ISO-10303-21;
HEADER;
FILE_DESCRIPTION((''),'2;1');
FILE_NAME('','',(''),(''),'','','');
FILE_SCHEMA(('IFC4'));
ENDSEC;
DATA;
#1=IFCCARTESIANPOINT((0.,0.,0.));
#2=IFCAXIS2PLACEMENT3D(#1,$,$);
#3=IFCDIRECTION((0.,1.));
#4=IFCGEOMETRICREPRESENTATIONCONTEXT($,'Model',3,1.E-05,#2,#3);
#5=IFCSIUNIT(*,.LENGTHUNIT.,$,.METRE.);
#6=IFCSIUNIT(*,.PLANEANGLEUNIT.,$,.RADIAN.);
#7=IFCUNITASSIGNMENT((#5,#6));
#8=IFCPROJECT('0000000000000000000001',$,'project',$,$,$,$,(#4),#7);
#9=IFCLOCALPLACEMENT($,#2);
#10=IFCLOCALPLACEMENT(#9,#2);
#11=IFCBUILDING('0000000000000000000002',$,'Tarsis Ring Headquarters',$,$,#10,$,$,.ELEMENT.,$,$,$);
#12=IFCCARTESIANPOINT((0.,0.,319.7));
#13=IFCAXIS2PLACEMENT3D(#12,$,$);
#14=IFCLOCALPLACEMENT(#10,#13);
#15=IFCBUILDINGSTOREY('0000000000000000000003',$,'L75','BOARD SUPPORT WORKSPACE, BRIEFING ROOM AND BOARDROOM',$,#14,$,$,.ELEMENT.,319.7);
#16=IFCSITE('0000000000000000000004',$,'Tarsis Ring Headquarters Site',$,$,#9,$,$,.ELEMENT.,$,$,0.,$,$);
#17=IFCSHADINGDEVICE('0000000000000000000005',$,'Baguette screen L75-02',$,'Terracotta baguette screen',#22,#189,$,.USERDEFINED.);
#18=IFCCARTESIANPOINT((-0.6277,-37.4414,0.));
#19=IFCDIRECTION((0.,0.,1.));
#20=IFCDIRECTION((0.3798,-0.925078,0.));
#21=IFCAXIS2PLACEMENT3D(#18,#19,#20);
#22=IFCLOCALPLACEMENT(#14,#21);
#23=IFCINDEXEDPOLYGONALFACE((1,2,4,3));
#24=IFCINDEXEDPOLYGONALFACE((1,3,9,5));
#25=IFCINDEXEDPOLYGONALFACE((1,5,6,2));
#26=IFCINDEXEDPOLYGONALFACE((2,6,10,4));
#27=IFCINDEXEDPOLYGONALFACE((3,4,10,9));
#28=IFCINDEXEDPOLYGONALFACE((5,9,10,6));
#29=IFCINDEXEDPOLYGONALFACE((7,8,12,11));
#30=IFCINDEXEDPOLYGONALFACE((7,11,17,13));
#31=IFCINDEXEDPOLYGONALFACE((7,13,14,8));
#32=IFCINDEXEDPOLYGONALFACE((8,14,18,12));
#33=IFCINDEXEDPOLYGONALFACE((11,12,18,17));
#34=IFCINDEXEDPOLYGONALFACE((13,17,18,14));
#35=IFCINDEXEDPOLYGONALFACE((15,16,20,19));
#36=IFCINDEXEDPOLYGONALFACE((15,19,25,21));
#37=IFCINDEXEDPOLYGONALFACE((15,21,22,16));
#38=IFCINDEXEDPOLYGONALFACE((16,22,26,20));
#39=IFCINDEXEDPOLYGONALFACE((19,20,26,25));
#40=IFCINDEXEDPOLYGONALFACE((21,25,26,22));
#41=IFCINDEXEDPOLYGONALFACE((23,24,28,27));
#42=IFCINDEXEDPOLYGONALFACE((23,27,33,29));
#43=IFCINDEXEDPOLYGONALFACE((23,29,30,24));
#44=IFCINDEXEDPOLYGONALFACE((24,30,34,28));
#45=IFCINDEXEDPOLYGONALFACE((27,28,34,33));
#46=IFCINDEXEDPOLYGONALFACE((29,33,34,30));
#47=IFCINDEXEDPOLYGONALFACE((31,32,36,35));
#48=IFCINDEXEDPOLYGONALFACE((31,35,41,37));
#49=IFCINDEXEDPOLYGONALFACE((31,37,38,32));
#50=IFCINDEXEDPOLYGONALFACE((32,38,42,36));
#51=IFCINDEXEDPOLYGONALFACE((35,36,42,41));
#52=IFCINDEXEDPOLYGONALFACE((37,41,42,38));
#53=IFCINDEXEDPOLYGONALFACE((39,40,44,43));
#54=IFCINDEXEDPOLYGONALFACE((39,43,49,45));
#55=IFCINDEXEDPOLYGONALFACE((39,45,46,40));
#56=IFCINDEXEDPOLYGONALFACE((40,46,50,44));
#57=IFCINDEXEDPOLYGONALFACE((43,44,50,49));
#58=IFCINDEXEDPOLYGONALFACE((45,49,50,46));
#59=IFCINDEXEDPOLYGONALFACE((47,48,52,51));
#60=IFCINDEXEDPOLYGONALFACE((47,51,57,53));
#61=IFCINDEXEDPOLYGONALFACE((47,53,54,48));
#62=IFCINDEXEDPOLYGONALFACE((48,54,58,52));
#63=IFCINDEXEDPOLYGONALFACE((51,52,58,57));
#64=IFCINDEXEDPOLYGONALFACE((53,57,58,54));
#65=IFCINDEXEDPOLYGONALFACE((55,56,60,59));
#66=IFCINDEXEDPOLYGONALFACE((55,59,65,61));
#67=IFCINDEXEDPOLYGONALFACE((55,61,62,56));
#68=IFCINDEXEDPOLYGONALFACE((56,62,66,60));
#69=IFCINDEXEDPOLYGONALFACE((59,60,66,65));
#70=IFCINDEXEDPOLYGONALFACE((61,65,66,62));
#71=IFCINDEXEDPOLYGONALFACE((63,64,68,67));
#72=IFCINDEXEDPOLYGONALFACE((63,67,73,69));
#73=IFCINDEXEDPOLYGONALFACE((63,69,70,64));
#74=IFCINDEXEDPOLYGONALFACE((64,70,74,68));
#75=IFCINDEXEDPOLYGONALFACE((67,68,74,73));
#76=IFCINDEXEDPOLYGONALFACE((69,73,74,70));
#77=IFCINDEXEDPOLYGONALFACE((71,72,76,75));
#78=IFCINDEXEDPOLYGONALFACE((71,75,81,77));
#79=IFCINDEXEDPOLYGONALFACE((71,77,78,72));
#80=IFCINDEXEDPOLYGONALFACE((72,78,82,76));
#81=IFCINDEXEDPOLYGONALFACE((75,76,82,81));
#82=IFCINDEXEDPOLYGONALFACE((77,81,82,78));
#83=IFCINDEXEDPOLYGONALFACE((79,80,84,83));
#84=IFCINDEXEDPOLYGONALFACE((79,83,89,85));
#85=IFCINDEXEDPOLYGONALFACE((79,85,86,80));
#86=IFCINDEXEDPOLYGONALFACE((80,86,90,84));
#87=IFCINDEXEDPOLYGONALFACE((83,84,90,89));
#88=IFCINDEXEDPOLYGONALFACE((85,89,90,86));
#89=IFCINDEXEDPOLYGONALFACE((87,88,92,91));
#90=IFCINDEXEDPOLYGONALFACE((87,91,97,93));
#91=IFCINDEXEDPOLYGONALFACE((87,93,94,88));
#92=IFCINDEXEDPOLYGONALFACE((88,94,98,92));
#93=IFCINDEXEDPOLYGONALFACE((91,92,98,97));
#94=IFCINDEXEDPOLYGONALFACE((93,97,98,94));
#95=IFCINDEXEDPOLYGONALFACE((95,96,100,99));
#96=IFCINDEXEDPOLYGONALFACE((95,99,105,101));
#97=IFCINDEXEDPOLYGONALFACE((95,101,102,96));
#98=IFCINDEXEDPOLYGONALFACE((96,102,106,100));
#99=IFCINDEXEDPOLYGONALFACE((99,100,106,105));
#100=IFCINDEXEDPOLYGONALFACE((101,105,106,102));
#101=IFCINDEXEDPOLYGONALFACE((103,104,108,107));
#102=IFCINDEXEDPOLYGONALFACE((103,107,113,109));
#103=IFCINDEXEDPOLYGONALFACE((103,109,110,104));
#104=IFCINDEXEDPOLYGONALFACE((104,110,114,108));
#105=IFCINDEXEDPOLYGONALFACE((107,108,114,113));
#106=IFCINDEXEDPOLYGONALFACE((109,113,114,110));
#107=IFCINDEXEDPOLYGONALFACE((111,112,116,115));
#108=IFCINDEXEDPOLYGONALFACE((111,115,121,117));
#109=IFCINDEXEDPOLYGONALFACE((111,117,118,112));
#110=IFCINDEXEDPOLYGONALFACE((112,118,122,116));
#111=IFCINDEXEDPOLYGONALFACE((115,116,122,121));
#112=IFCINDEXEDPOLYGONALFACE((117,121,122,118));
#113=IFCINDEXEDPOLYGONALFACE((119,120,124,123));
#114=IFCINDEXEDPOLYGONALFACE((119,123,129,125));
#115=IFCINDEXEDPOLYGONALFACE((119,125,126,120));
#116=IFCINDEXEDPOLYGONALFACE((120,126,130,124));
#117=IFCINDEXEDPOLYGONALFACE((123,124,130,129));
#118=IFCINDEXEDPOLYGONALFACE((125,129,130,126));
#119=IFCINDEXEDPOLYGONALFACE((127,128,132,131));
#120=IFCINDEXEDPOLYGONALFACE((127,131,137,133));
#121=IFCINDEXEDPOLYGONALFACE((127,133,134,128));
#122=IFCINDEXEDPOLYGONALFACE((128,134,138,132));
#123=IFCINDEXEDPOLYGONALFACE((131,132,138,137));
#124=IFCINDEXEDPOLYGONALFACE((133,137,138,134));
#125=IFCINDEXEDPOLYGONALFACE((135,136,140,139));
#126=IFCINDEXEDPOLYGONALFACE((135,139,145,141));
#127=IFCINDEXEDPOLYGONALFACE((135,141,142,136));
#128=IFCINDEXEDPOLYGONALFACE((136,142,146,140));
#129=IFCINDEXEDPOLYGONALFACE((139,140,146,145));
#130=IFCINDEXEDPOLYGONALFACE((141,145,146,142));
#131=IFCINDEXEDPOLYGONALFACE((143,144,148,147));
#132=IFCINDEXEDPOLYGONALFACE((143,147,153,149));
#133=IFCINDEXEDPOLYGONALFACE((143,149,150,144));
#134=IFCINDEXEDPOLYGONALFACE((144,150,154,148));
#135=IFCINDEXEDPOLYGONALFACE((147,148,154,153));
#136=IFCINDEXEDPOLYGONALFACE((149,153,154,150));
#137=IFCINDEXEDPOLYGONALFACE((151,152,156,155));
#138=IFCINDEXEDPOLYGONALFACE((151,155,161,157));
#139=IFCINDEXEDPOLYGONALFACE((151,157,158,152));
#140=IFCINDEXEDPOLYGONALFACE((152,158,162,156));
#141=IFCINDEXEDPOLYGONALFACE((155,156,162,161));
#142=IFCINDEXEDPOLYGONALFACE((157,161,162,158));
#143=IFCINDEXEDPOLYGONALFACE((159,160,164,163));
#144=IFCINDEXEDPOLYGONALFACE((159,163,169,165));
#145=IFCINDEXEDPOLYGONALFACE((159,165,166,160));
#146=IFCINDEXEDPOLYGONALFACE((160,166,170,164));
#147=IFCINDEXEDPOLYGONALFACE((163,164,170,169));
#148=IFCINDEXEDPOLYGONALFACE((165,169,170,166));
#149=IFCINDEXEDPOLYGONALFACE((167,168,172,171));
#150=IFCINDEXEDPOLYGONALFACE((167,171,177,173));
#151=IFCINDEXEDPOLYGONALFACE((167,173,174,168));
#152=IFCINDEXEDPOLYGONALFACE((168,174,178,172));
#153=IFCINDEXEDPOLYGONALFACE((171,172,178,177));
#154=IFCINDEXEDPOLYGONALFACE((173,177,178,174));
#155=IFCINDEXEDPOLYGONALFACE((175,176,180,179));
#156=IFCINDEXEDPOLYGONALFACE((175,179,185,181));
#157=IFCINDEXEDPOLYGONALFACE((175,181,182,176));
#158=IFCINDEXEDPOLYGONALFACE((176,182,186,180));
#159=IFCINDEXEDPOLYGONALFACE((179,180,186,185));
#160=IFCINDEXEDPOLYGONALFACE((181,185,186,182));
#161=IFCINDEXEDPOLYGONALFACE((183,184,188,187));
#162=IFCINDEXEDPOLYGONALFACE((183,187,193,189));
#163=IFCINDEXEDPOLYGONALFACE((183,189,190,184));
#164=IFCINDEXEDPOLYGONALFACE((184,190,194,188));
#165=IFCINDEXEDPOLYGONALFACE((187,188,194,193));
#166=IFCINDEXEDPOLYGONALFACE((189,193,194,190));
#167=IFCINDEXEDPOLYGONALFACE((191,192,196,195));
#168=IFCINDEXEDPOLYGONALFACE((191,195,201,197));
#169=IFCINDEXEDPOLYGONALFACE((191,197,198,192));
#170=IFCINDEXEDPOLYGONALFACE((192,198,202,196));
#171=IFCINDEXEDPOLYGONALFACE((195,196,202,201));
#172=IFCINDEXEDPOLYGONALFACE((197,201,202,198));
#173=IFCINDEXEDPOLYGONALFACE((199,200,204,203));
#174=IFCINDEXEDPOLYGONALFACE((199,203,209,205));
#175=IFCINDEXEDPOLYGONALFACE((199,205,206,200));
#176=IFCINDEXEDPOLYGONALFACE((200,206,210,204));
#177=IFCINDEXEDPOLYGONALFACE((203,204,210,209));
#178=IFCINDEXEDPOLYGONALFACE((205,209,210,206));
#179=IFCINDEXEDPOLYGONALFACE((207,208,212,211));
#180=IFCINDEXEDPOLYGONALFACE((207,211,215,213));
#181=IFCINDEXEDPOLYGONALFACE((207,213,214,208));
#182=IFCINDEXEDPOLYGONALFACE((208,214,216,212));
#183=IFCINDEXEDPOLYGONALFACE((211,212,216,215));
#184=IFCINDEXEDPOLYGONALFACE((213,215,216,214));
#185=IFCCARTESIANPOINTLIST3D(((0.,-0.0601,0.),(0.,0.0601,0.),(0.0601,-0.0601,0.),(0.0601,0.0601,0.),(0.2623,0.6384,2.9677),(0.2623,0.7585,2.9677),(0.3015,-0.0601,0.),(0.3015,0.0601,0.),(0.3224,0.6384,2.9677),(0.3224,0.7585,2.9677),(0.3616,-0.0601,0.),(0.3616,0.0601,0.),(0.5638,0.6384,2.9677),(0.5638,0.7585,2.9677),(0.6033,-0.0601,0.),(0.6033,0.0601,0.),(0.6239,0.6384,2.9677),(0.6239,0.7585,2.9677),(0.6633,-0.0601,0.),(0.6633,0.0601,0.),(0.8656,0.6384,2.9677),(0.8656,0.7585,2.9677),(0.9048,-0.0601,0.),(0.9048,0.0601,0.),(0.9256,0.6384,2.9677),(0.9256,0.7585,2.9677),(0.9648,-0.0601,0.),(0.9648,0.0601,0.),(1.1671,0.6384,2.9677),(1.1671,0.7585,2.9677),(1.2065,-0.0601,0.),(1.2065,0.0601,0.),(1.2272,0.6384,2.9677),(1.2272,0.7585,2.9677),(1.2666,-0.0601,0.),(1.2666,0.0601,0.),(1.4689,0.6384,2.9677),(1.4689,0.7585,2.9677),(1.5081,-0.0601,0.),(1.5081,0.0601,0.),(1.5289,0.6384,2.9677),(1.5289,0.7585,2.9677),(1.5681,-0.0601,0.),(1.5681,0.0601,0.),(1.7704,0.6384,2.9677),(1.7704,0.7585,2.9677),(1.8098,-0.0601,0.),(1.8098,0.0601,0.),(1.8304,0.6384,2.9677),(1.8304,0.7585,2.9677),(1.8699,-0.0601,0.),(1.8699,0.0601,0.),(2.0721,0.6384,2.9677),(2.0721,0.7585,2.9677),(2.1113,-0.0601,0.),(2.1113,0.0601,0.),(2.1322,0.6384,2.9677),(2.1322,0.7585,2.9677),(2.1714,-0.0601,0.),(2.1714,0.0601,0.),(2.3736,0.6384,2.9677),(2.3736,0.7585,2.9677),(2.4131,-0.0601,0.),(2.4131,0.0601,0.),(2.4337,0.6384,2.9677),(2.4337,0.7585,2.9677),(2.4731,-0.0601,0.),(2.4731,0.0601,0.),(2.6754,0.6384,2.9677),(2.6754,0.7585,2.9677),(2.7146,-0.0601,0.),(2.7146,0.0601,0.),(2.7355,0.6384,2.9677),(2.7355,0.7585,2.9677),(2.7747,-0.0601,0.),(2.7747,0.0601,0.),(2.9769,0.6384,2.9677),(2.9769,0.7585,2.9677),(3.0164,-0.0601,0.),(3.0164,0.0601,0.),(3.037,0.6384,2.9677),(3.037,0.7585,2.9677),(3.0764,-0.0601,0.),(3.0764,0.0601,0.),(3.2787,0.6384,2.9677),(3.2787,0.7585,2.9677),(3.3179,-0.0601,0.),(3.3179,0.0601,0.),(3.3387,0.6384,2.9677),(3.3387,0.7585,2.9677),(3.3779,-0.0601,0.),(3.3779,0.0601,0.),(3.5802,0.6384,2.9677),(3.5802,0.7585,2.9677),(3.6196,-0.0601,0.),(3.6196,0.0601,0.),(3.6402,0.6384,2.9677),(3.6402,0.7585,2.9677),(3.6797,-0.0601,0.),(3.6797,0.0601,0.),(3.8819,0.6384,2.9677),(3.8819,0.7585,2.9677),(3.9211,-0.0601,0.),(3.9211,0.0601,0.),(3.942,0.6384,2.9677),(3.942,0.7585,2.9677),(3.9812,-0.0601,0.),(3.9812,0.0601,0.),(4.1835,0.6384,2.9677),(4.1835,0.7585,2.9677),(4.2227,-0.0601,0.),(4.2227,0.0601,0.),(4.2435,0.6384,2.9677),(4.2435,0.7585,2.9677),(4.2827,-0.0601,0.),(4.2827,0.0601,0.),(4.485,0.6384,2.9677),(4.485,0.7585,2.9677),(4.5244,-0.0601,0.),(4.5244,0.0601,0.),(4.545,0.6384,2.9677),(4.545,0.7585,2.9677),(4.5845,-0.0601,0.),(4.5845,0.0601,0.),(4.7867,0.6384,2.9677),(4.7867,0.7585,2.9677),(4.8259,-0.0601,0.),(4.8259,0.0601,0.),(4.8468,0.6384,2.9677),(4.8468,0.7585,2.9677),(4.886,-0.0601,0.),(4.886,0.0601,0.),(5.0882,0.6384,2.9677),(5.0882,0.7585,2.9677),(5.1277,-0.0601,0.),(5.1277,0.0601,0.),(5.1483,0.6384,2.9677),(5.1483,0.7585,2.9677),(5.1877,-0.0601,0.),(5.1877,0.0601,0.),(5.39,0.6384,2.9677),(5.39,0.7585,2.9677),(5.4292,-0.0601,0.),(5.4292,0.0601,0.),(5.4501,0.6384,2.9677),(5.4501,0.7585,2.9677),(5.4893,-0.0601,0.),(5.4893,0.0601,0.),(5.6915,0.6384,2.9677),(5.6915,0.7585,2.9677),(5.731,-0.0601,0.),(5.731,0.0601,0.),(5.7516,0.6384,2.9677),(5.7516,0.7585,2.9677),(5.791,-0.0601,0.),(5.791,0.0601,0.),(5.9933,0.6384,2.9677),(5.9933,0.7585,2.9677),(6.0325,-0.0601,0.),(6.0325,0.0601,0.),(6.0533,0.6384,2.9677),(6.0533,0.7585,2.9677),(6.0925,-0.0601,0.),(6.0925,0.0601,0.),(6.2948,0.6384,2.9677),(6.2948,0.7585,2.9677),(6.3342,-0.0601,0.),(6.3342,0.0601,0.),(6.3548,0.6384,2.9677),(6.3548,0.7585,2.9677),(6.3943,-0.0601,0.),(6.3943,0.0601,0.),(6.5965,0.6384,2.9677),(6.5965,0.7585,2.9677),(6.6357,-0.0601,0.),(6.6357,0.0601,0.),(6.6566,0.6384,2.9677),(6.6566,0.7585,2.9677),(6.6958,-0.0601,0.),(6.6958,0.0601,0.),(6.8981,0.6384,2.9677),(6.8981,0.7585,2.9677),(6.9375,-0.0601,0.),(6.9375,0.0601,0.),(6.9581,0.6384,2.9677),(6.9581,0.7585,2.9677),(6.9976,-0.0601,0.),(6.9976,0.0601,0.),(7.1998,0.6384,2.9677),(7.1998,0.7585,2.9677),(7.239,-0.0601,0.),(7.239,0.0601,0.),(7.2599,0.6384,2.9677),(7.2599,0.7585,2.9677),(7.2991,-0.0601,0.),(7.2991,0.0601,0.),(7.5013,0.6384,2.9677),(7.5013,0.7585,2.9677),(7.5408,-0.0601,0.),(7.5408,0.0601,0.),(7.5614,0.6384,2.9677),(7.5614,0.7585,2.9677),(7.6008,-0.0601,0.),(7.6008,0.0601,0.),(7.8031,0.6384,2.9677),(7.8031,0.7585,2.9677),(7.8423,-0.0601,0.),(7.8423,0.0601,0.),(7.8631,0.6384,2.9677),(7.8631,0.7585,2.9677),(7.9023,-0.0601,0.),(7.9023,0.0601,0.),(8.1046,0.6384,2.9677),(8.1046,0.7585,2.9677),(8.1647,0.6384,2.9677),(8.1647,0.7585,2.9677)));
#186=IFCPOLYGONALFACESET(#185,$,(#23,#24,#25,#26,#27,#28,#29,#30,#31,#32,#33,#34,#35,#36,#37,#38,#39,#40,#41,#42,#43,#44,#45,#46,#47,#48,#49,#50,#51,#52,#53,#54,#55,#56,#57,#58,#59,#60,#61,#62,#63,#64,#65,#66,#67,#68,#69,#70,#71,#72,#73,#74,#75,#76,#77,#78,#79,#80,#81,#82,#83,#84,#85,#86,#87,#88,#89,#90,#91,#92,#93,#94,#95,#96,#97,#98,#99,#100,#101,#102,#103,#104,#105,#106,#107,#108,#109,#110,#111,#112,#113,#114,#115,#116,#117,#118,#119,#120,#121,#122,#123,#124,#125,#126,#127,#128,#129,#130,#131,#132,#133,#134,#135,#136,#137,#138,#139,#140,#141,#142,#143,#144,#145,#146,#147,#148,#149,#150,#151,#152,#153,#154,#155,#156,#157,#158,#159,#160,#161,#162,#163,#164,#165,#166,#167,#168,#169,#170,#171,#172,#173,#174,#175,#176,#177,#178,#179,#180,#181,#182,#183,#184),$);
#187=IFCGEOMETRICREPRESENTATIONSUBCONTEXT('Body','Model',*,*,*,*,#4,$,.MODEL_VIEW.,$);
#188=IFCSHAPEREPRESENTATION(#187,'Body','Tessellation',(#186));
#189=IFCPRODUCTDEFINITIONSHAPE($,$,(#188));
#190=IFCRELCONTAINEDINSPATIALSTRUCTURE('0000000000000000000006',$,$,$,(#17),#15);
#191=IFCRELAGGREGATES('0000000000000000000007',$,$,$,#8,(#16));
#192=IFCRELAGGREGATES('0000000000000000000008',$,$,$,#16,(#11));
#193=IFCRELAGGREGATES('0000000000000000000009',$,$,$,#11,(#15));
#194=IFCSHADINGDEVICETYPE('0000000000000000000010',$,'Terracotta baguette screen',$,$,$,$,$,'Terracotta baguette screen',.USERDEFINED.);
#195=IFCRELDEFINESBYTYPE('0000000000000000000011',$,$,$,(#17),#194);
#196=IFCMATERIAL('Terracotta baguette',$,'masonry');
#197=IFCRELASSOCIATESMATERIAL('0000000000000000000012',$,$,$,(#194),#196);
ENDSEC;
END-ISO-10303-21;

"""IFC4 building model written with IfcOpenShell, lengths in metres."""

from ifc_helpers import new_model, si_unit, direction, frame, frame_2d, origin, place, context, subcontext, project, spatial, rectangle, composite_profile, extrude, material, type_object, element, save


model = new_model("IFC4")

# Units and contexts
model_context = context("Model", 3, precision=1e-05, world=origin(), true_north=direction((0.0, 1.0)))
body_context = subcontext(model_context, "Body", "Model", "MODEL_VIEW")
ifc_project = project(units=[si_unit("LENGTHUNIT", "METRE"), si_unit("PLANEANGLEUNIT", "RADIAN")], contexts=[model_context])

# Site, building, storey
site_placement = place(None, origin())
site = spatial("IfcSite", under=ifc_project, at=site_placement, Name="Tarsis Ring Headquarters Site", CompositionType="ELEMENT", RefElevation=0.0)
building_placement = place(site_placement, origin())
building = spatial("IfcBuilding", under=site, at=building_placement, Name="Tarsis Ring Headquarters", CompositionType="ELEMENT")
storey_placement = place(building_placement, frame((0.0, 0.0, 319.7)))
storey = spatial("IfcBuildingStorey", under=building, at=storey_placement, Name="L75", Description="BOARD SUPPORT WORKSPACE, BRIEFING ROOM AND BOARDROOM", CompositionType="ELEMENT", Elevation=319.7)

# Shading device
ifc_material_1 = material(Name="Terracotta baguette", Category="masonry")
shading_device_type = type_object("IfcShadingDeviceType", Name="Terracotta baguette screen", ElementType="Terracotta baguette screen", PredefinedType="USERDEFINED", material=ifc_material_1)
shading_device_1_placement = place(storey_placement, frame((-0.6277, -37.4414, 0.0), z_axis=(0.0, 0.0, 1.0), x_axis=(0.3798, -0.925078, 0.0)))
element("IfcShadingDevice", 1, at=shading_device_1_placement, inside=storey, type_object=shading_device_type, Name="Baguette screen L75-02", ObjectType="Terracotta baguette screen", PredefinedType="USERDEFINED", context=body_context, shape_type="SweptSolid", body=[
    extrude(composite_profile([rectangle(XDim=0.0601, YDim=0.1201, at=frame_2d((0.03, 0.0))), rectangle(XDim=0.0601, YDim=0.1201, at=frame_2d((0.3315, 0.0))), rectangle(XDim=0.0601, YDim=0.1201, at=frame_2d((0.6333, 0.0))), rectangle(XDim=0.0601, YDim=0.1201, at=frame_2d((0.9348, 0.0))), rectangle(XDim=0.0601, YDim=0.1201, at=frame_2d((1.2366, 0.0))), rectangle(XDim=0.0601, YDim=0.1201, at=frame_2d((1.5381, 0.0))), rectangle(XDim=0.0601, YDim=0.1201, at=frame_2d((1.8398, 0.0))), rectangle(XDim=0.0601, YDim=0.1201, at=frame_2d((2.1414, 0.0))), rectangle(XDim=0.0601, YDim=0.1201, at=frame_2d((2.4431, 0.0))), rectangle(XDim=0.0601, YDim=0.1201, at=frame_2d((2.7446, 0.0))), rectangle(XDim=0.0601, YDim=0.1201, at=frame_2d((3.0464, 0.0))), rectangle(XDim=0.0601, YDim=0.1201, at=frame_2d((3.3479, 0.0))), rectangle(XDim=0.0601, YDim=0.1201, at=frame_2d((3.6497, 0.0))), rectangle(XDim=0.0601, YDim=0.1201, at=frame_2d((3.9512, 0.0))), rectangle(XDim=0.0601, YDim=0.1201, at=frame_2d((4.2527, 0.0))), rectangle(XDim=0.0601, YDim=0.1201, at=frame_2d((4.5544, 0.0))), rectangle(XDim=0.0601, YDim=0.1201, at=frame_2d((4.856, 0.0))), rectangle(XDim=0.0601, YDim=0.1201, at=frame_2d((5.1577, 0.0))), rectangle(XDim=0.0601, YDim=0.1201, at=frame_2d((5.4592, 0.0))), rectangle(XDim=0.0601, YDim=0.1201, at=frame_2d((5.761, 0.0))), rectangle(XDim=0.0601, YDim=0.1201, at=frame_2d((6.0625, 0.0))), rectangle(XDim=0.0601, YDim=0.1201, at=frame_2d((6.3643, 0.0))), rectangle(XDim=0.0601, YDim=0.1201, at=frame_2d((6.6658, 0.0))), rectangle(XDim=0.0601, YDim=0.1201, at=frame_2d((6.9675, 0.0))), rectangle(XDim=0.0601, YDim=0.1201, at=frame_2d((7.269, 0.0))), rectangle(XDim=0.0601, YDim=0.1201, at=frame_2d((7.5708, 0.0))), rectangle(XDim=0.0601, YDim=0.1201, at=frame_2d((7.8723, 0.0)))]), origin(), (0.085723, 0.228255, 0.96982), 3.0601),
])

save(model, "model.ifc")
